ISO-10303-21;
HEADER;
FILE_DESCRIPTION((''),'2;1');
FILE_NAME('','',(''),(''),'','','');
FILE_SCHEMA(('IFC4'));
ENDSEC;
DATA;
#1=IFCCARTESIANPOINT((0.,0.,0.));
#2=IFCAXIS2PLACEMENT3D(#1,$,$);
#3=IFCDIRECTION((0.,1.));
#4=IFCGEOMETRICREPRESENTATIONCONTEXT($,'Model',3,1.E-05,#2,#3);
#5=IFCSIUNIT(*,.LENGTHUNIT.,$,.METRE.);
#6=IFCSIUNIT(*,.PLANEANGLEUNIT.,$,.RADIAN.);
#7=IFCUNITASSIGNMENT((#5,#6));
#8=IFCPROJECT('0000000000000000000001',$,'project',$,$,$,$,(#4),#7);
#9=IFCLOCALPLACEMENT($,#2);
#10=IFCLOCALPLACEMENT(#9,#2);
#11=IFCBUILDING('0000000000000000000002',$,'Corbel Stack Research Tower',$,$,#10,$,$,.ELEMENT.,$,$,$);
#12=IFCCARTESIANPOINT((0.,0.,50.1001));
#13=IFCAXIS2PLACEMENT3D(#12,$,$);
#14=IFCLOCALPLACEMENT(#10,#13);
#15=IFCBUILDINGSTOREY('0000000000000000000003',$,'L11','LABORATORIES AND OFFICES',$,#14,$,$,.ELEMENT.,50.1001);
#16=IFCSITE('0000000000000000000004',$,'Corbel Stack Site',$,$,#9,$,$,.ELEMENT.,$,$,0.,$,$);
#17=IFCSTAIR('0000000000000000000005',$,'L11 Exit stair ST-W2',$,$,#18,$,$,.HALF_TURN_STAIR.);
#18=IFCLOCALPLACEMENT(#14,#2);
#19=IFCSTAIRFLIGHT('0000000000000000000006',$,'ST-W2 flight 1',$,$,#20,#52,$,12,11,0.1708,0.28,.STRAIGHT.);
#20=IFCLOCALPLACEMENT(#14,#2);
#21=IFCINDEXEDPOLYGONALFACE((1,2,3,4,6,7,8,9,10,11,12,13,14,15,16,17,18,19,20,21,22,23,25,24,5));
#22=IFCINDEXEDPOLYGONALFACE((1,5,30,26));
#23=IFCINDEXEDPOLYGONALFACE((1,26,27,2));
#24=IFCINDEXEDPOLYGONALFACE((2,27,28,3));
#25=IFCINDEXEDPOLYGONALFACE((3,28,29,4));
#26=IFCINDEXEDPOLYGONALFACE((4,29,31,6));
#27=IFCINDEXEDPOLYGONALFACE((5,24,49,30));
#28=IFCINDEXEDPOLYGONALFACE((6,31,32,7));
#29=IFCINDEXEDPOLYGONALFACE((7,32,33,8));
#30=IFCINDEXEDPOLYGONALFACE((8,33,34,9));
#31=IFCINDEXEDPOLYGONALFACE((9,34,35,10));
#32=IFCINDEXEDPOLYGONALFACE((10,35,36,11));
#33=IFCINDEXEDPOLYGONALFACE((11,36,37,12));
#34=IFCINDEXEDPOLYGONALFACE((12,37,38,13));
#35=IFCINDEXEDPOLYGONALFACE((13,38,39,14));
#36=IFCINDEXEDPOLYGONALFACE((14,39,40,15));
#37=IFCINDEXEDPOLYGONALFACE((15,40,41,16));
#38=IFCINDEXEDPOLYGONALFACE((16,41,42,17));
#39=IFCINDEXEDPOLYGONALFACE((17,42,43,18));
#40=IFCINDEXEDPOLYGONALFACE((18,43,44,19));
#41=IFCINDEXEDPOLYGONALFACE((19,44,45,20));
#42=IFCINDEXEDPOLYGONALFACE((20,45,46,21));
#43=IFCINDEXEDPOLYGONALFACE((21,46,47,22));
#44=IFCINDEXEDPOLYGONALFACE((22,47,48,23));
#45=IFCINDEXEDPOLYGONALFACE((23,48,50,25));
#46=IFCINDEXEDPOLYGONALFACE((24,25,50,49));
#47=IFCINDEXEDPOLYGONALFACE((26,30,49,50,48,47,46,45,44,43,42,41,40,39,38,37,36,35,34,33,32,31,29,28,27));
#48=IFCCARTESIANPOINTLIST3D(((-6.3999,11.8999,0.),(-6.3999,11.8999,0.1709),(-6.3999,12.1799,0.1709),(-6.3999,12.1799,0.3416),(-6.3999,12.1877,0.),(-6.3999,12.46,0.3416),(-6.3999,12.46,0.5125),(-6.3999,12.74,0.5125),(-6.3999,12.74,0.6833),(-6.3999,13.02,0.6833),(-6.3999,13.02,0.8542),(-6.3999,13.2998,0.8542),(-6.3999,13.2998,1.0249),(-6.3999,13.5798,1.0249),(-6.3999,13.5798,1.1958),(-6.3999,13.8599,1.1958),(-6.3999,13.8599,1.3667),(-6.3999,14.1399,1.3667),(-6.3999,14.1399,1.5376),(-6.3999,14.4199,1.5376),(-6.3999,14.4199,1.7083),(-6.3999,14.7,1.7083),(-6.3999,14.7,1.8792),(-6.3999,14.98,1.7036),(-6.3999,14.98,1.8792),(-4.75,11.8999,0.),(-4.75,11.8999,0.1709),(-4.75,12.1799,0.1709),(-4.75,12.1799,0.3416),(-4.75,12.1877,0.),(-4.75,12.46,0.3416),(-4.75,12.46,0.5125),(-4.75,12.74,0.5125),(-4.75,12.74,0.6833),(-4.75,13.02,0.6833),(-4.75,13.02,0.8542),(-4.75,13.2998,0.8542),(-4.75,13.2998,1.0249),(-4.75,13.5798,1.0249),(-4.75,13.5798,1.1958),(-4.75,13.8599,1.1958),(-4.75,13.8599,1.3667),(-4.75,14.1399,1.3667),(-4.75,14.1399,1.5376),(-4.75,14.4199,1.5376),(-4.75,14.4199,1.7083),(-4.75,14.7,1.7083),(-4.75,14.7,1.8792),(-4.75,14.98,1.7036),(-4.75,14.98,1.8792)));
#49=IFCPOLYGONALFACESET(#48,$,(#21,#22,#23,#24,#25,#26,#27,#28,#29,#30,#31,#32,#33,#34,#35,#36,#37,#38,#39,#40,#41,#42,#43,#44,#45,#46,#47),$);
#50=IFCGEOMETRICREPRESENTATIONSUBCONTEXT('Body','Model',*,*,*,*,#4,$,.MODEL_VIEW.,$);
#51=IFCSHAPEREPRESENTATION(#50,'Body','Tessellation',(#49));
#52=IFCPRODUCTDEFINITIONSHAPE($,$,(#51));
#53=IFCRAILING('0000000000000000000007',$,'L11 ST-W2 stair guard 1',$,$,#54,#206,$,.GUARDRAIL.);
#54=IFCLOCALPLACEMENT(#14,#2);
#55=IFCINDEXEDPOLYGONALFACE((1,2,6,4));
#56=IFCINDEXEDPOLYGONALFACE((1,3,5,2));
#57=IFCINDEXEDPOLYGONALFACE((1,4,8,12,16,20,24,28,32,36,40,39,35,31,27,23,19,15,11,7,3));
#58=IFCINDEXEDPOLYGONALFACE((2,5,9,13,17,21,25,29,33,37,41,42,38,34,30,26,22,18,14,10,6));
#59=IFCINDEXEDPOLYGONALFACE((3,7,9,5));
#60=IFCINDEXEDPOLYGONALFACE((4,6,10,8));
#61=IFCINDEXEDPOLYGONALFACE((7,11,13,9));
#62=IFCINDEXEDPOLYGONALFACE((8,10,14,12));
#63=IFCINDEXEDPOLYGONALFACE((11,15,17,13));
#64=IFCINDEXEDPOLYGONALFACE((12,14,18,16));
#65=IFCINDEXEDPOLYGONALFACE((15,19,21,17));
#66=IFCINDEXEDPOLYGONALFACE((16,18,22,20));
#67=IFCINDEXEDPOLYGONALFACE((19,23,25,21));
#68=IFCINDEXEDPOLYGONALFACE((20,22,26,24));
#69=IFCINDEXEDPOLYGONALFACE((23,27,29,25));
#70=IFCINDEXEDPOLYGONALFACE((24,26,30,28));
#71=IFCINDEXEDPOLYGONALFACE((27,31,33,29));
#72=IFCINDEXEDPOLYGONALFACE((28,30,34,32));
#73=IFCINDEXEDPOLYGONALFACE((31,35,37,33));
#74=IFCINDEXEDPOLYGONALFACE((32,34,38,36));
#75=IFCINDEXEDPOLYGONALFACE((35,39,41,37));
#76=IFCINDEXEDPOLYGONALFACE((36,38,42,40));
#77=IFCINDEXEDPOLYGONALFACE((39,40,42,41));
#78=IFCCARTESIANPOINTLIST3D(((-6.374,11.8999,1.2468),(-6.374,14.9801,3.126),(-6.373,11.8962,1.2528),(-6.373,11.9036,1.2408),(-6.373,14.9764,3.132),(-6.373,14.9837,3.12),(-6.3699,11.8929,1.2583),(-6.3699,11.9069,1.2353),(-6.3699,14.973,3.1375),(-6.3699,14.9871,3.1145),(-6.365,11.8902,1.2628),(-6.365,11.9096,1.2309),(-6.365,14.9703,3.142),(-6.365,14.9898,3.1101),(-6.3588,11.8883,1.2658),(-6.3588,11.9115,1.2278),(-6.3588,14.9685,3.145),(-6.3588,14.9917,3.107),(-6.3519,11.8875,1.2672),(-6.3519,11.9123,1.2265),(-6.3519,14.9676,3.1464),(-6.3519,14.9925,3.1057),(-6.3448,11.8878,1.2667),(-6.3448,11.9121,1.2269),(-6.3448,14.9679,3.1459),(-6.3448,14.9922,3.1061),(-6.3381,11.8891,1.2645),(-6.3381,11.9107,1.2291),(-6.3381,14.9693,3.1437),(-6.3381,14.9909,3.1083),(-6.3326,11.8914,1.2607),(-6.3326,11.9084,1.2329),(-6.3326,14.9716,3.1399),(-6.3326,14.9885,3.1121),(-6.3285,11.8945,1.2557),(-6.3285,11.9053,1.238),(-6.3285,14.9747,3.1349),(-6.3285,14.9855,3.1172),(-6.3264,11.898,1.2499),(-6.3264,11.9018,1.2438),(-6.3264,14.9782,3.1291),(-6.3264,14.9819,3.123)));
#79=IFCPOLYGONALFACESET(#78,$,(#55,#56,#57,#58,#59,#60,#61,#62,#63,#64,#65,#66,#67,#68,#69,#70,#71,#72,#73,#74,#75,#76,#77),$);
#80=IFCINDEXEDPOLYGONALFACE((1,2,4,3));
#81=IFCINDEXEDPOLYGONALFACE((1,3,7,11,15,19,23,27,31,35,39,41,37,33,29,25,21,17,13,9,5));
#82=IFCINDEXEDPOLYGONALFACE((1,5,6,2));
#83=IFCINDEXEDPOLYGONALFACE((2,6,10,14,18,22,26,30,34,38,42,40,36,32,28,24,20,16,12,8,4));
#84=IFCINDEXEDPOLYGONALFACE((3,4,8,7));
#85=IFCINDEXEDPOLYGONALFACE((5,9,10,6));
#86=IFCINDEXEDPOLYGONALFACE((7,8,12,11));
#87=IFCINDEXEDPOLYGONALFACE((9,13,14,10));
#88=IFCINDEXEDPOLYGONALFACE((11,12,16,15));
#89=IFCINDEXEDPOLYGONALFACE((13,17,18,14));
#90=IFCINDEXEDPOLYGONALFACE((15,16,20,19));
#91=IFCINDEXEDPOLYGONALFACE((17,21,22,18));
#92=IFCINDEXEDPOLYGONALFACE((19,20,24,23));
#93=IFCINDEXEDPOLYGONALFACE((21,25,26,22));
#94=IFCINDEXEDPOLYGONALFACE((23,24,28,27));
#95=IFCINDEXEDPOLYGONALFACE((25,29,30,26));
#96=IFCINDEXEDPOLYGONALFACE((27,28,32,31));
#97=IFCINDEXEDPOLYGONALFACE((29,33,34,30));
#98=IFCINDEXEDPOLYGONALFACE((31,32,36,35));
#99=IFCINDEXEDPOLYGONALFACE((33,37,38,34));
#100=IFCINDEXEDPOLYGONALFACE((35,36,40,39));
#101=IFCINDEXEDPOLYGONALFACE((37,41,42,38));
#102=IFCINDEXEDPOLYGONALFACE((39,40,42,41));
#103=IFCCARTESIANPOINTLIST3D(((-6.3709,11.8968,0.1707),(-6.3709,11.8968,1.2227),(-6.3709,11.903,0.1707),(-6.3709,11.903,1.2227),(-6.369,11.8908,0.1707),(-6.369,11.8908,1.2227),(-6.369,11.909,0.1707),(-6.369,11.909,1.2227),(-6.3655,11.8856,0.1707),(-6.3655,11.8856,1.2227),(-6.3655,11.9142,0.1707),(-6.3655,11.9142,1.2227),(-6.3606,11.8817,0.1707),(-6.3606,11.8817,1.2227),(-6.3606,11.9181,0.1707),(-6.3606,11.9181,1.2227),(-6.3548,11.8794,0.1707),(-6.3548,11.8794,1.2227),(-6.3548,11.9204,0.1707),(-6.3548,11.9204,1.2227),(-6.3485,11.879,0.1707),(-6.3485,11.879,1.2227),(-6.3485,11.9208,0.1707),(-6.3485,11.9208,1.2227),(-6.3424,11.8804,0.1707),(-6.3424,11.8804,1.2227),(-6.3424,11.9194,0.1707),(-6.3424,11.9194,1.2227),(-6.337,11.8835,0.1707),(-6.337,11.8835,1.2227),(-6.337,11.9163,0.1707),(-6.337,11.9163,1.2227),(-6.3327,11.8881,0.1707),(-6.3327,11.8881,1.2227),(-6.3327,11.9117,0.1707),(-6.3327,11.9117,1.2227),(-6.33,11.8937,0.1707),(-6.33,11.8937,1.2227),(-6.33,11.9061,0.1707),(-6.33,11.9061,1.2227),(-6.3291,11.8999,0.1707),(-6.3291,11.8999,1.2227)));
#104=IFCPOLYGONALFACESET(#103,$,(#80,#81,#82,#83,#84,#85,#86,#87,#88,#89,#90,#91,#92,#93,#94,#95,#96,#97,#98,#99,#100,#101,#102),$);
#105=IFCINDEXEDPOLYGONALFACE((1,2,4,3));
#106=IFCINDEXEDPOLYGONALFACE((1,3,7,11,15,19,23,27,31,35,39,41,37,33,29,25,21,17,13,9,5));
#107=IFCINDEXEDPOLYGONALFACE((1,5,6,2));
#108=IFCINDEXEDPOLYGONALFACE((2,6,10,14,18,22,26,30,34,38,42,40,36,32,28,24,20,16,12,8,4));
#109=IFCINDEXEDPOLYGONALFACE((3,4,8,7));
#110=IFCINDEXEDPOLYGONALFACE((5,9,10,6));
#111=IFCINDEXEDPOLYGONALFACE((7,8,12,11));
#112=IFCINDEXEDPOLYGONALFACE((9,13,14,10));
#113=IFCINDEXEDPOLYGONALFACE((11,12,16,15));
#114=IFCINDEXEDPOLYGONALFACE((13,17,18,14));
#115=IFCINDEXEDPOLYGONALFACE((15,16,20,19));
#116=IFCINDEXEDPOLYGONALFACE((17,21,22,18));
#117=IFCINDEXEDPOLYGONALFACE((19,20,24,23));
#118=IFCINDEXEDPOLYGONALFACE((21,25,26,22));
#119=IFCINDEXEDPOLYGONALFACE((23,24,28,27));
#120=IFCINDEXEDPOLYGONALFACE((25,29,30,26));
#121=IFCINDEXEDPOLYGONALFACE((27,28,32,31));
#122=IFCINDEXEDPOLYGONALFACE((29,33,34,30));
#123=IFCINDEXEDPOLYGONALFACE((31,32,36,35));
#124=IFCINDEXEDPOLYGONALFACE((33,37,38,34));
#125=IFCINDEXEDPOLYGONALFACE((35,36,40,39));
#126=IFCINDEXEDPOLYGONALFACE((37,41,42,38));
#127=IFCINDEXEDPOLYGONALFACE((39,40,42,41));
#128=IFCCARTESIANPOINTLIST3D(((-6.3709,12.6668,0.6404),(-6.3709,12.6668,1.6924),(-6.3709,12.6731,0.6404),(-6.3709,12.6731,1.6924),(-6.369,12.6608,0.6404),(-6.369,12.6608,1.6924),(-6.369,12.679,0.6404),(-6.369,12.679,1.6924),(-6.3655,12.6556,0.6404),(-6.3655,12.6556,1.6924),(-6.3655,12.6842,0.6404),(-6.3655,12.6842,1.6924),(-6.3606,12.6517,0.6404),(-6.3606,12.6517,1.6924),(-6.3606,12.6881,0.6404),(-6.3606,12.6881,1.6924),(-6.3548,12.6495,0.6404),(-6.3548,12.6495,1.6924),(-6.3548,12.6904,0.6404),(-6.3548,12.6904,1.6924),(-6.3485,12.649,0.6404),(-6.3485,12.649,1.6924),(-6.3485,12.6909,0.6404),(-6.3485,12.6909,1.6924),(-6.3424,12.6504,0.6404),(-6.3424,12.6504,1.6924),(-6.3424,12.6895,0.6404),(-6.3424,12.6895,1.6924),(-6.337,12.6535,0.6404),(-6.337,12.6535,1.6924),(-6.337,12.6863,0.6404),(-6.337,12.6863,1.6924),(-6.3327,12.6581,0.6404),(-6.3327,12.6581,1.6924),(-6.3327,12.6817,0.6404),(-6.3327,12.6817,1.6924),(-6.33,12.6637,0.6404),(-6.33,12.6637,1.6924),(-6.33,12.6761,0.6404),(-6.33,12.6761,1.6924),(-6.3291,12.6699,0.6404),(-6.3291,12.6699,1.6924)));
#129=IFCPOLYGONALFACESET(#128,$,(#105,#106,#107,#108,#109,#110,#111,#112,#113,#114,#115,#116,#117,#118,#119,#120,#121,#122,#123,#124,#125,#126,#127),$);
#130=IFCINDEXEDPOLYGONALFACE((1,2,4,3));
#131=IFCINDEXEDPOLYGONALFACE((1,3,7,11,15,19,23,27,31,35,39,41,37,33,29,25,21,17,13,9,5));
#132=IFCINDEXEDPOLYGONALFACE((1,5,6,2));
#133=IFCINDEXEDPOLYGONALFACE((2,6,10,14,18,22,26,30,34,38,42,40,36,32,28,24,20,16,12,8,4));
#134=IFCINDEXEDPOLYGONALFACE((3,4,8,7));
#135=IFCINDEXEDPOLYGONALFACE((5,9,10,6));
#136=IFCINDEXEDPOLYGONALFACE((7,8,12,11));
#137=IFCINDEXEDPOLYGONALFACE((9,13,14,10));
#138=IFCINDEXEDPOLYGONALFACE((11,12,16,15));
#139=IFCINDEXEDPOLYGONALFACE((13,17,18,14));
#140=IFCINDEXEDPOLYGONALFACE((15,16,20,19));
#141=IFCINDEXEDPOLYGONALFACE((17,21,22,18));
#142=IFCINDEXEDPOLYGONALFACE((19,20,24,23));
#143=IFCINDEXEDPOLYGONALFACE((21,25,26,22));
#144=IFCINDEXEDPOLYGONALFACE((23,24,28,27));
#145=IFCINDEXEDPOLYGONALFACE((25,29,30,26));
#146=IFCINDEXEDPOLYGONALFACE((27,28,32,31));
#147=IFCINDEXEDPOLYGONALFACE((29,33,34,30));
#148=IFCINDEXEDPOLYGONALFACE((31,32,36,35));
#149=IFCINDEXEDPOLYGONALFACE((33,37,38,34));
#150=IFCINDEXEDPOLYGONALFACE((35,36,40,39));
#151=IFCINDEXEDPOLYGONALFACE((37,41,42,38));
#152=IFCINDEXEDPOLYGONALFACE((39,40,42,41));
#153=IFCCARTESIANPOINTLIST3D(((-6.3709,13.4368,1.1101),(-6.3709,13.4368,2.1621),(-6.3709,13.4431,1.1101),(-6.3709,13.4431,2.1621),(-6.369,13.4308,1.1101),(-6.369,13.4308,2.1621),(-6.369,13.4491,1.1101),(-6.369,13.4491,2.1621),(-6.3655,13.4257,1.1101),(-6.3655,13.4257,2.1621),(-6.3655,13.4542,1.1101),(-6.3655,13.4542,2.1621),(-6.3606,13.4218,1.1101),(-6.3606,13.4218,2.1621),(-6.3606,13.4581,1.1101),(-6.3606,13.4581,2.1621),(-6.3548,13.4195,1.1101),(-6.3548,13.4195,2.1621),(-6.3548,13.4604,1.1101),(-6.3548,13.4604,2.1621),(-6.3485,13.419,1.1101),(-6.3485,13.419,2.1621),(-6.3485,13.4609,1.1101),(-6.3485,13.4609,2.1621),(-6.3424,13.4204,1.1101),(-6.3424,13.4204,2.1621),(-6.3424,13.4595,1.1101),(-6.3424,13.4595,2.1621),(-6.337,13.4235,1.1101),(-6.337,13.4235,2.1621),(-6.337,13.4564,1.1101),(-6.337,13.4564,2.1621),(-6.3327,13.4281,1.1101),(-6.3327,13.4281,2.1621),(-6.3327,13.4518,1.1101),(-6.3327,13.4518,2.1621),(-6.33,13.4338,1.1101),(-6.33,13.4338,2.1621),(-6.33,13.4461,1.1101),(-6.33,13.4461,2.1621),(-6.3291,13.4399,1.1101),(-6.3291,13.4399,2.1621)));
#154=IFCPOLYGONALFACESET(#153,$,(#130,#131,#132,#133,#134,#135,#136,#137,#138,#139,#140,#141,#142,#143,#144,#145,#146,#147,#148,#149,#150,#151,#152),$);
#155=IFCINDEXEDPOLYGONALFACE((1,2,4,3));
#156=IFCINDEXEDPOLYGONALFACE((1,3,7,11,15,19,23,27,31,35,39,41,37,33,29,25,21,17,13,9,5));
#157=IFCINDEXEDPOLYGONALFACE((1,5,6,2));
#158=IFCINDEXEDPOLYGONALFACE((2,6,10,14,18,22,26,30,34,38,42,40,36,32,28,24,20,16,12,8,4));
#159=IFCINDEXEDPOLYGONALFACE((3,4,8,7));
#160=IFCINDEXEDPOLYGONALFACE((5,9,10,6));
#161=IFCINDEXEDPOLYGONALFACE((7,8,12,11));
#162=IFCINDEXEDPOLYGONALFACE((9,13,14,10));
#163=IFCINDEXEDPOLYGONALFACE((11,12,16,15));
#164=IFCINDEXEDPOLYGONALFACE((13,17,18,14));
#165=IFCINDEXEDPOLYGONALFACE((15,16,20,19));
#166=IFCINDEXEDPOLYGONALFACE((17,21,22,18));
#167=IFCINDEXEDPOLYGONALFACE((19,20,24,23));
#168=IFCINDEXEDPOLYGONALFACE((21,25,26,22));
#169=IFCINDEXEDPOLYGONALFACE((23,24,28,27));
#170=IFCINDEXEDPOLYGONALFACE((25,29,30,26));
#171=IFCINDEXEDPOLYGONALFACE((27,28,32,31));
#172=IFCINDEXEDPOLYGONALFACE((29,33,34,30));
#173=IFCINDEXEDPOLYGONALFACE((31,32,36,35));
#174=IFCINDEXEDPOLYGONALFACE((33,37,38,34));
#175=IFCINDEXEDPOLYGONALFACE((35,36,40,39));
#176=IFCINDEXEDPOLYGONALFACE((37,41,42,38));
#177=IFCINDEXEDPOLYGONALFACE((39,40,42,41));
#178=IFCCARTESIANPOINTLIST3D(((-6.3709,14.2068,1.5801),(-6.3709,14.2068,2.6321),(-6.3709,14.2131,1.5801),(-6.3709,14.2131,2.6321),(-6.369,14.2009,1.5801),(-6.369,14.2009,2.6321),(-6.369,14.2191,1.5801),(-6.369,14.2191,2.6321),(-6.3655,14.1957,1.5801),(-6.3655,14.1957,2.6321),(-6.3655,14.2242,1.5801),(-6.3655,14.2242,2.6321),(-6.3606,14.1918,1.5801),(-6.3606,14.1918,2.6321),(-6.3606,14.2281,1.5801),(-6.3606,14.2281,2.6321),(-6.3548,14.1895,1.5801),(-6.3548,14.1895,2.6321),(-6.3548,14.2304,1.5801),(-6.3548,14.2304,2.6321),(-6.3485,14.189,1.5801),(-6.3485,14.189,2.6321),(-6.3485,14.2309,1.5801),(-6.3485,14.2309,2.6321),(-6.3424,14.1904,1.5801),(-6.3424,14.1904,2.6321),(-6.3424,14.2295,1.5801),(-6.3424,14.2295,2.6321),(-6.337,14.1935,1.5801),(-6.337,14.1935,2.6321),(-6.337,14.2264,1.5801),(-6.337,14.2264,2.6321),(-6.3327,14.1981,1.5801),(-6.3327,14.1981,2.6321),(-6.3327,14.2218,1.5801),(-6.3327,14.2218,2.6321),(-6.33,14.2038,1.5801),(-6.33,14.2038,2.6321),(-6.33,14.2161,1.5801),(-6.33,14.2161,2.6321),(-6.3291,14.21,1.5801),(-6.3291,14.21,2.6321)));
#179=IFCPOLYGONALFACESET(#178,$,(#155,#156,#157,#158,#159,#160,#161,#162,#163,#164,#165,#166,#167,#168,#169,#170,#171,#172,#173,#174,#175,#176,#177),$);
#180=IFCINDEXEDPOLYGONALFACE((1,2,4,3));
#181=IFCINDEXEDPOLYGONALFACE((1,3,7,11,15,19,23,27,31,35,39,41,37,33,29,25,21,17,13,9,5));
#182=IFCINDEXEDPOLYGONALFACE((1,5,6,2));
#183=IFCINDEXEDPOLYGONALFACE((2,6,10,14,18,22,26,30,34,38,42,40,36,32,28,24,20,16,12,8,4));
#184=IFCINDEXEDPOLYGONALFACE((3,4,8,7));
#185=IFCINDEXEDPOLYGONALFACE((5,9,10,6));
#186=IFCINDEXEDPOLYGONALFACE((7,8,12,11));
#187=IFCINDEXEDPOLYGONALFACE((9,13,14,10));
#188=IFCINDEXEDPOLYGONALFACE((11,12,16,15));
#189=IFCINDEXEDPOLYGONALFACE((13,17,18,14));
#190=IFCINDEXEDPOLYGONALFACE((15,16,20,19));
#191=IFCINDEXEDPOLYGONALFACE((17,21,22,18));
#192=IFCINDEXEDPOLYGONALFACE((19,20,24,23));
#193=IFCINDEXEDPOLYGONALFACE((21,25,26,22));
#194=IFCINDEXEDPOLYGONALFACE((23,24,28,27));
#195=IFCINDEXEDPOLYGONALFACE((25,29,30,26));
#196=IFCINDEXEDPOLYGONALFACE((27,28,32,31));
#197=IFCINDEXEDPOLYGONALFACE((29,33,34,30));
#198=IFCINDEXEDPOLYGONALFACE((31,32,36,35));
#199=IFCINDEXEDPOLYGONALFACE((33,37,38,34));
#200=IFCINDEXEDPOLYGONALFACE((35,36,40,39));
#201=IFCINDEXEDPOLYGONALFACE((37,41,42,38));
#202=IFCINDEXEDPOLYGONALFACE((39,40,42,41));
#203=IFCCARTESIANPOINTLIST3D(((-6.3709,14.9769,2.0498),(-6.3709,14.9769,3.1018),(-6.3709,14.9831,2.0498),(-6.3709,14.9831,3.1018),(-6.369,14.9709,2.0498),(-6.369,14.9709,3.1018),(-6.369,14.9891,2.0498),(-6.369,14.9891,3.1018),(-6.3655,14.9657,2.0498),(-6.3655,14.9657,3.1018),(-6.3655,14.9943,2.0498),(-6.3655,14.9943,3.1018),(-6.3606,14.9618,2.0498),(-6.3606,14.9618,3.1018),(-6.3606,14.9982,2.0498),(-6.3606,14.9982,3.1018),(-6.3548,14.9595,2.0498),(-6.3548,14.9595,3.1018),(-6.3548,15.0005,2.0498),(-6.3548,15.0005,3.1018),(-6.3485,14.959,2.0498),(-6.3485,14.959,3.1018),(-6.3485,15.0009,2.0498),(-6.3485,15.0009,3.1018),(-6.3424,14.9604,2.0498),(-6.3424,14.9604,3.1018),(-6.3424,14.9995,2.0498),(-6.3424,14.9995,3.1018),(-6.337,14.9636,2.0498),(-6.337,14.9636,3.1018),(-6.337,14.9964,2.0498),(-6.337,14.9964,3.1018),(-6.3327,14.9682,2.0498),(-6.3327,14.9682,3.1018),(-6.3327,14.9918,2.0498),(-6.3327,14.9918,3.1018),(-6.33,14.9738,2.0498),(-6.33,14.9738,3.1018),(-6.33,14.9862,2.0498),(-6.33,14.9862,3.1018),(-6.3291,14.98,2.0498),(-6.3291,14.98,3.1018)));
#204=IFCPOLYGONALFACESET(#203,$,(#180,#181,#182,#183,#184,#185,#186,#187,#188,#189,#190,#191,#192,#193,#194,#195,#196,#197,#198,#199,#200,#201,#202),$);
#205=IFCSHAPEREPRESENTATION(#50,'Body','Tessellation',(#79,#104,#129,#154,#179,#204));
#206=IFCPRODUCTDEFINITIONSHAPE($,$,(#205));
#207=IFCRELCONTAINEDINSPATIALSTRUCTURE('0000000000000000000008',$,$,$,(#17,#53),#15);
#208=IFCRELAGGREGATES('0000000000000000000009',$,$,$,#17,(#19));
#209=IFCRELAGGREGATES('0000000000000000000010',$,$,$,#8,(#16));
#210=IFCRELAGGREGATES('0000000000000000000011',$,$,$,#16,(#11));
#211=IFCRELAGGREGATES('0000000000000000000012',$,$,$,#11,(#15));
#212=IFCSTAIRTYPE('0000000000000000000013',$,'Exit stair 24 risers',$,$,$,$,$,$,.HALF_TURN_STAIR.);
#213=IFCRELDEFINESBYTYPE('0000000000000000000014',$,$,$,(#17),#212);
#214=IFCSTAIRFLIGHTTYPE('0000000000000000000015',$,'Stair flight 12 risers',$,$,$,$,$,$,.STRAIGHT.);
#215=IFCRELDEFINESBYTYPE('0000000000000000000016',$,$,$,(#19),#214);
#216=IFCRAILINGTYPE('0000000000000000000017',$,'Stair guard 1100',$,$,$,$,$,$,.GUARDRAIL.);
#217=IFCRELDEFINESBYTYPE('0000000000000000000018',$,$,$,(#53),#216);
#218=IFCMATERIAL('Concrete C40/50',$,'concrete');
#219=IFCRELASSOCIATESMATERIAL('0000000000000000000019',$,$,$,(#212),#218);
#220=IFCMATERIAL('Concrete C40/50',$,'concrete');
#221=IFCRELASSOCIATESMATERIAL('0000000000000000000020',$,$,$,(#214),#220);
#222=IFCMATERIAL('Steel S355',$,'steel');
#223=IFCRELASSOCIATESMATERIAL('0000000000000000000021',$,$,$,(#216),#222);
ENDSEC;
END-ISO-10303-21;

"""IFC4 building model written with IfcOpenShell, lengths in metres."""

from ifc_helpers import new_model, si_unit, direction, frame, origin, origin_2d, place, context, subcontext, project, spatial, polyline, circle, outline, extrude, material, type_object, element, aggregate, save


model = new_model("IFC4")

# Units and contexts
model_context = context("Model", 3, precision=1e-05, world=origin(), true_north=direction((0.0, 1.0)))
body_context = subcontext(model_context, "Body", "Model", "MODEL_VIEW")
ifc_project = project(units=[si_unit("LENGTHUNIT", "METRE"), si_unit("PLANEANGLEUNIT", "RADIAN")], contexts=[model_context])

# Site, building, storey
site_placement = place(None, origin())
site = spatial("IfcSite", under=ifc_project, at=site_placement, Name="Corbel Stack Site", CompositionType="ELEMENT", RefElevation=0.0)
building_placement = place(site_placement, origin())
building = spatial("IfcBuilding", under=site, at=building_placement, Name="Corbel Stack Research Tower", CompositionType="ELEMENT")
storey_placement = place(building_placement, frame((0.0, 0.0, 50.1001)))
storey = spatial("IfcBuildingStorey", under=building, at=storey_placement, Name="L11", Description="LABORATORIES AND OFFICES", CompositionType="ELEMENT", Elevation=50.1001)

# Stair, stair flight
ifc_material_1 = material(Name="Concrete C40/50", Category="concrete")
stair_type = type_object("IfcStairType", Name="Exit stair 24 risers", PredefinedType="HALF_TURN_STAIR", material=ifc_material_1)
stair_placement = place(storey_placement, origin())
stair = element("IfcStair", 1, at=stair_placement, inside=storey, type_object=stair_type, Name="L11 Exit stair ST-W2", PredefinedType="HALF_TURN_STAIR")
ifc_material_2 = material(Name="Concrete C40/50", Category="concrete")
stair_flight_type = type_object("IfcStairFlightType", Name="Stair flight 12 risers", PredefinedType="STRAIGHT", material=ifc_material_2)
stair_flight_placement = place(storey_placement, frame((-5.575, 11.8999, 0.0), z_axis=(0.0, 0.0, 1.0), x_axis=(0.0, 1.0, 0.0)))
stair_flight = element("IfcStairFlight", 2, at=stair_flight_placement, type_object=stair_flight_type, Name="ST-W2 flight 1", NumberOfRisers=12, NumberOfTreads=11, PredefinedType="STRAIGHT", RiserHeight=0.1708, TreadLength=0.28, context=body_context, shape_type="SweptSolid", body=[
    extrude(outline(polyline([(0.0, 0.0), (0.0, 0.1709), (0.28, 0.1709), (0.28, 0.3416), (0.5601, 0.3416), (0.5601, 0.5125), (0.8401, 0.5125), (0.8401, 0.6833), (1.1201, 0.6833), (1.1201, 0.8542), (1.3999, 0.8542), (1.3999, 1.0249), (1.6799, 1.0249), (1.6799, 1.1958), (1.96, 1.1958), (1.96, 1.3667), (2.24, 1.3667), (2.24, 1.5376), (2.52, 1.5376), (2.52, 1.7083), (2.8, 1.7083), (2.8, 1.8792), (3.0801, 1.8792), (3.0801, 2.05), (3.0801, 1.7036), (0.2878, 0.0), (0.0, 0.0)])), frame((0.0, 0.825, 0.0), z_axis=(0.0, -1.0, 0.0), x_axis=(1.0, 0.0, 0.0)), (0.0, 0.0, 1.0), 1.6499),
])
aggregate(stair, [stair_flight])

# Railing
ifc_material_3 = material(Name="Steel S355", Category="steel")
railing_type_1 = type_object("IfcRailingType", Name="Stair guard 1100", PredefinedType="GUARDRAIL", material=ifc_material_3)
railing_1_placement = place(storey_placement, frame((-6.3501, 11.8999, 0.1707)))
element("IfcRailing", 3, at=railing_1_placement, inside=storey, type_object=railing_type_1, Name="L11 ST-W2 stair guard 1", PredefinedType="GUARDRAIL", context=body_context, shape_type="SweptSolid", body=[
    extrude(circle(Radius=0.0239, at=origin_2d()), frame((0.0, 0.0, 1.0762), z_axis=(0.0, 0.853666, 0.52082), x_axis=(-1.0, 0.0, 0.0)), (0.0, 0.0, 1.0), 3.6082),
    extrude(circle(Radius=0.021, at=origin_2d()), origin(), (0.0, 0.0, 1.0), 1.052),
    extrude(circle(Radius=0.021, at=origin_2d()), frame((0.0, 0.77, 0.4697)), (0.0, 0.0, 1.0), 1.052),
    extrude(circle(Radius=0.021, at=origin_2d()), frame((0.0, 1.54, 0.9395)), (0.0, 0.0, 1.0), 1.052),
    extrude(circle(Radius=0.021, at=origin_2d()), frame((0.0, 2.3101, 1.4094)), (0.0, 0.0, 1.0), 1.052),
    extrude(circle(Radius=0.021, at=origin_2d()), frame((0.0, 3.0801, 1.8792)), (0.0, 0.0, 1.0), 1.052),
])

save(model, "model.ifc")
